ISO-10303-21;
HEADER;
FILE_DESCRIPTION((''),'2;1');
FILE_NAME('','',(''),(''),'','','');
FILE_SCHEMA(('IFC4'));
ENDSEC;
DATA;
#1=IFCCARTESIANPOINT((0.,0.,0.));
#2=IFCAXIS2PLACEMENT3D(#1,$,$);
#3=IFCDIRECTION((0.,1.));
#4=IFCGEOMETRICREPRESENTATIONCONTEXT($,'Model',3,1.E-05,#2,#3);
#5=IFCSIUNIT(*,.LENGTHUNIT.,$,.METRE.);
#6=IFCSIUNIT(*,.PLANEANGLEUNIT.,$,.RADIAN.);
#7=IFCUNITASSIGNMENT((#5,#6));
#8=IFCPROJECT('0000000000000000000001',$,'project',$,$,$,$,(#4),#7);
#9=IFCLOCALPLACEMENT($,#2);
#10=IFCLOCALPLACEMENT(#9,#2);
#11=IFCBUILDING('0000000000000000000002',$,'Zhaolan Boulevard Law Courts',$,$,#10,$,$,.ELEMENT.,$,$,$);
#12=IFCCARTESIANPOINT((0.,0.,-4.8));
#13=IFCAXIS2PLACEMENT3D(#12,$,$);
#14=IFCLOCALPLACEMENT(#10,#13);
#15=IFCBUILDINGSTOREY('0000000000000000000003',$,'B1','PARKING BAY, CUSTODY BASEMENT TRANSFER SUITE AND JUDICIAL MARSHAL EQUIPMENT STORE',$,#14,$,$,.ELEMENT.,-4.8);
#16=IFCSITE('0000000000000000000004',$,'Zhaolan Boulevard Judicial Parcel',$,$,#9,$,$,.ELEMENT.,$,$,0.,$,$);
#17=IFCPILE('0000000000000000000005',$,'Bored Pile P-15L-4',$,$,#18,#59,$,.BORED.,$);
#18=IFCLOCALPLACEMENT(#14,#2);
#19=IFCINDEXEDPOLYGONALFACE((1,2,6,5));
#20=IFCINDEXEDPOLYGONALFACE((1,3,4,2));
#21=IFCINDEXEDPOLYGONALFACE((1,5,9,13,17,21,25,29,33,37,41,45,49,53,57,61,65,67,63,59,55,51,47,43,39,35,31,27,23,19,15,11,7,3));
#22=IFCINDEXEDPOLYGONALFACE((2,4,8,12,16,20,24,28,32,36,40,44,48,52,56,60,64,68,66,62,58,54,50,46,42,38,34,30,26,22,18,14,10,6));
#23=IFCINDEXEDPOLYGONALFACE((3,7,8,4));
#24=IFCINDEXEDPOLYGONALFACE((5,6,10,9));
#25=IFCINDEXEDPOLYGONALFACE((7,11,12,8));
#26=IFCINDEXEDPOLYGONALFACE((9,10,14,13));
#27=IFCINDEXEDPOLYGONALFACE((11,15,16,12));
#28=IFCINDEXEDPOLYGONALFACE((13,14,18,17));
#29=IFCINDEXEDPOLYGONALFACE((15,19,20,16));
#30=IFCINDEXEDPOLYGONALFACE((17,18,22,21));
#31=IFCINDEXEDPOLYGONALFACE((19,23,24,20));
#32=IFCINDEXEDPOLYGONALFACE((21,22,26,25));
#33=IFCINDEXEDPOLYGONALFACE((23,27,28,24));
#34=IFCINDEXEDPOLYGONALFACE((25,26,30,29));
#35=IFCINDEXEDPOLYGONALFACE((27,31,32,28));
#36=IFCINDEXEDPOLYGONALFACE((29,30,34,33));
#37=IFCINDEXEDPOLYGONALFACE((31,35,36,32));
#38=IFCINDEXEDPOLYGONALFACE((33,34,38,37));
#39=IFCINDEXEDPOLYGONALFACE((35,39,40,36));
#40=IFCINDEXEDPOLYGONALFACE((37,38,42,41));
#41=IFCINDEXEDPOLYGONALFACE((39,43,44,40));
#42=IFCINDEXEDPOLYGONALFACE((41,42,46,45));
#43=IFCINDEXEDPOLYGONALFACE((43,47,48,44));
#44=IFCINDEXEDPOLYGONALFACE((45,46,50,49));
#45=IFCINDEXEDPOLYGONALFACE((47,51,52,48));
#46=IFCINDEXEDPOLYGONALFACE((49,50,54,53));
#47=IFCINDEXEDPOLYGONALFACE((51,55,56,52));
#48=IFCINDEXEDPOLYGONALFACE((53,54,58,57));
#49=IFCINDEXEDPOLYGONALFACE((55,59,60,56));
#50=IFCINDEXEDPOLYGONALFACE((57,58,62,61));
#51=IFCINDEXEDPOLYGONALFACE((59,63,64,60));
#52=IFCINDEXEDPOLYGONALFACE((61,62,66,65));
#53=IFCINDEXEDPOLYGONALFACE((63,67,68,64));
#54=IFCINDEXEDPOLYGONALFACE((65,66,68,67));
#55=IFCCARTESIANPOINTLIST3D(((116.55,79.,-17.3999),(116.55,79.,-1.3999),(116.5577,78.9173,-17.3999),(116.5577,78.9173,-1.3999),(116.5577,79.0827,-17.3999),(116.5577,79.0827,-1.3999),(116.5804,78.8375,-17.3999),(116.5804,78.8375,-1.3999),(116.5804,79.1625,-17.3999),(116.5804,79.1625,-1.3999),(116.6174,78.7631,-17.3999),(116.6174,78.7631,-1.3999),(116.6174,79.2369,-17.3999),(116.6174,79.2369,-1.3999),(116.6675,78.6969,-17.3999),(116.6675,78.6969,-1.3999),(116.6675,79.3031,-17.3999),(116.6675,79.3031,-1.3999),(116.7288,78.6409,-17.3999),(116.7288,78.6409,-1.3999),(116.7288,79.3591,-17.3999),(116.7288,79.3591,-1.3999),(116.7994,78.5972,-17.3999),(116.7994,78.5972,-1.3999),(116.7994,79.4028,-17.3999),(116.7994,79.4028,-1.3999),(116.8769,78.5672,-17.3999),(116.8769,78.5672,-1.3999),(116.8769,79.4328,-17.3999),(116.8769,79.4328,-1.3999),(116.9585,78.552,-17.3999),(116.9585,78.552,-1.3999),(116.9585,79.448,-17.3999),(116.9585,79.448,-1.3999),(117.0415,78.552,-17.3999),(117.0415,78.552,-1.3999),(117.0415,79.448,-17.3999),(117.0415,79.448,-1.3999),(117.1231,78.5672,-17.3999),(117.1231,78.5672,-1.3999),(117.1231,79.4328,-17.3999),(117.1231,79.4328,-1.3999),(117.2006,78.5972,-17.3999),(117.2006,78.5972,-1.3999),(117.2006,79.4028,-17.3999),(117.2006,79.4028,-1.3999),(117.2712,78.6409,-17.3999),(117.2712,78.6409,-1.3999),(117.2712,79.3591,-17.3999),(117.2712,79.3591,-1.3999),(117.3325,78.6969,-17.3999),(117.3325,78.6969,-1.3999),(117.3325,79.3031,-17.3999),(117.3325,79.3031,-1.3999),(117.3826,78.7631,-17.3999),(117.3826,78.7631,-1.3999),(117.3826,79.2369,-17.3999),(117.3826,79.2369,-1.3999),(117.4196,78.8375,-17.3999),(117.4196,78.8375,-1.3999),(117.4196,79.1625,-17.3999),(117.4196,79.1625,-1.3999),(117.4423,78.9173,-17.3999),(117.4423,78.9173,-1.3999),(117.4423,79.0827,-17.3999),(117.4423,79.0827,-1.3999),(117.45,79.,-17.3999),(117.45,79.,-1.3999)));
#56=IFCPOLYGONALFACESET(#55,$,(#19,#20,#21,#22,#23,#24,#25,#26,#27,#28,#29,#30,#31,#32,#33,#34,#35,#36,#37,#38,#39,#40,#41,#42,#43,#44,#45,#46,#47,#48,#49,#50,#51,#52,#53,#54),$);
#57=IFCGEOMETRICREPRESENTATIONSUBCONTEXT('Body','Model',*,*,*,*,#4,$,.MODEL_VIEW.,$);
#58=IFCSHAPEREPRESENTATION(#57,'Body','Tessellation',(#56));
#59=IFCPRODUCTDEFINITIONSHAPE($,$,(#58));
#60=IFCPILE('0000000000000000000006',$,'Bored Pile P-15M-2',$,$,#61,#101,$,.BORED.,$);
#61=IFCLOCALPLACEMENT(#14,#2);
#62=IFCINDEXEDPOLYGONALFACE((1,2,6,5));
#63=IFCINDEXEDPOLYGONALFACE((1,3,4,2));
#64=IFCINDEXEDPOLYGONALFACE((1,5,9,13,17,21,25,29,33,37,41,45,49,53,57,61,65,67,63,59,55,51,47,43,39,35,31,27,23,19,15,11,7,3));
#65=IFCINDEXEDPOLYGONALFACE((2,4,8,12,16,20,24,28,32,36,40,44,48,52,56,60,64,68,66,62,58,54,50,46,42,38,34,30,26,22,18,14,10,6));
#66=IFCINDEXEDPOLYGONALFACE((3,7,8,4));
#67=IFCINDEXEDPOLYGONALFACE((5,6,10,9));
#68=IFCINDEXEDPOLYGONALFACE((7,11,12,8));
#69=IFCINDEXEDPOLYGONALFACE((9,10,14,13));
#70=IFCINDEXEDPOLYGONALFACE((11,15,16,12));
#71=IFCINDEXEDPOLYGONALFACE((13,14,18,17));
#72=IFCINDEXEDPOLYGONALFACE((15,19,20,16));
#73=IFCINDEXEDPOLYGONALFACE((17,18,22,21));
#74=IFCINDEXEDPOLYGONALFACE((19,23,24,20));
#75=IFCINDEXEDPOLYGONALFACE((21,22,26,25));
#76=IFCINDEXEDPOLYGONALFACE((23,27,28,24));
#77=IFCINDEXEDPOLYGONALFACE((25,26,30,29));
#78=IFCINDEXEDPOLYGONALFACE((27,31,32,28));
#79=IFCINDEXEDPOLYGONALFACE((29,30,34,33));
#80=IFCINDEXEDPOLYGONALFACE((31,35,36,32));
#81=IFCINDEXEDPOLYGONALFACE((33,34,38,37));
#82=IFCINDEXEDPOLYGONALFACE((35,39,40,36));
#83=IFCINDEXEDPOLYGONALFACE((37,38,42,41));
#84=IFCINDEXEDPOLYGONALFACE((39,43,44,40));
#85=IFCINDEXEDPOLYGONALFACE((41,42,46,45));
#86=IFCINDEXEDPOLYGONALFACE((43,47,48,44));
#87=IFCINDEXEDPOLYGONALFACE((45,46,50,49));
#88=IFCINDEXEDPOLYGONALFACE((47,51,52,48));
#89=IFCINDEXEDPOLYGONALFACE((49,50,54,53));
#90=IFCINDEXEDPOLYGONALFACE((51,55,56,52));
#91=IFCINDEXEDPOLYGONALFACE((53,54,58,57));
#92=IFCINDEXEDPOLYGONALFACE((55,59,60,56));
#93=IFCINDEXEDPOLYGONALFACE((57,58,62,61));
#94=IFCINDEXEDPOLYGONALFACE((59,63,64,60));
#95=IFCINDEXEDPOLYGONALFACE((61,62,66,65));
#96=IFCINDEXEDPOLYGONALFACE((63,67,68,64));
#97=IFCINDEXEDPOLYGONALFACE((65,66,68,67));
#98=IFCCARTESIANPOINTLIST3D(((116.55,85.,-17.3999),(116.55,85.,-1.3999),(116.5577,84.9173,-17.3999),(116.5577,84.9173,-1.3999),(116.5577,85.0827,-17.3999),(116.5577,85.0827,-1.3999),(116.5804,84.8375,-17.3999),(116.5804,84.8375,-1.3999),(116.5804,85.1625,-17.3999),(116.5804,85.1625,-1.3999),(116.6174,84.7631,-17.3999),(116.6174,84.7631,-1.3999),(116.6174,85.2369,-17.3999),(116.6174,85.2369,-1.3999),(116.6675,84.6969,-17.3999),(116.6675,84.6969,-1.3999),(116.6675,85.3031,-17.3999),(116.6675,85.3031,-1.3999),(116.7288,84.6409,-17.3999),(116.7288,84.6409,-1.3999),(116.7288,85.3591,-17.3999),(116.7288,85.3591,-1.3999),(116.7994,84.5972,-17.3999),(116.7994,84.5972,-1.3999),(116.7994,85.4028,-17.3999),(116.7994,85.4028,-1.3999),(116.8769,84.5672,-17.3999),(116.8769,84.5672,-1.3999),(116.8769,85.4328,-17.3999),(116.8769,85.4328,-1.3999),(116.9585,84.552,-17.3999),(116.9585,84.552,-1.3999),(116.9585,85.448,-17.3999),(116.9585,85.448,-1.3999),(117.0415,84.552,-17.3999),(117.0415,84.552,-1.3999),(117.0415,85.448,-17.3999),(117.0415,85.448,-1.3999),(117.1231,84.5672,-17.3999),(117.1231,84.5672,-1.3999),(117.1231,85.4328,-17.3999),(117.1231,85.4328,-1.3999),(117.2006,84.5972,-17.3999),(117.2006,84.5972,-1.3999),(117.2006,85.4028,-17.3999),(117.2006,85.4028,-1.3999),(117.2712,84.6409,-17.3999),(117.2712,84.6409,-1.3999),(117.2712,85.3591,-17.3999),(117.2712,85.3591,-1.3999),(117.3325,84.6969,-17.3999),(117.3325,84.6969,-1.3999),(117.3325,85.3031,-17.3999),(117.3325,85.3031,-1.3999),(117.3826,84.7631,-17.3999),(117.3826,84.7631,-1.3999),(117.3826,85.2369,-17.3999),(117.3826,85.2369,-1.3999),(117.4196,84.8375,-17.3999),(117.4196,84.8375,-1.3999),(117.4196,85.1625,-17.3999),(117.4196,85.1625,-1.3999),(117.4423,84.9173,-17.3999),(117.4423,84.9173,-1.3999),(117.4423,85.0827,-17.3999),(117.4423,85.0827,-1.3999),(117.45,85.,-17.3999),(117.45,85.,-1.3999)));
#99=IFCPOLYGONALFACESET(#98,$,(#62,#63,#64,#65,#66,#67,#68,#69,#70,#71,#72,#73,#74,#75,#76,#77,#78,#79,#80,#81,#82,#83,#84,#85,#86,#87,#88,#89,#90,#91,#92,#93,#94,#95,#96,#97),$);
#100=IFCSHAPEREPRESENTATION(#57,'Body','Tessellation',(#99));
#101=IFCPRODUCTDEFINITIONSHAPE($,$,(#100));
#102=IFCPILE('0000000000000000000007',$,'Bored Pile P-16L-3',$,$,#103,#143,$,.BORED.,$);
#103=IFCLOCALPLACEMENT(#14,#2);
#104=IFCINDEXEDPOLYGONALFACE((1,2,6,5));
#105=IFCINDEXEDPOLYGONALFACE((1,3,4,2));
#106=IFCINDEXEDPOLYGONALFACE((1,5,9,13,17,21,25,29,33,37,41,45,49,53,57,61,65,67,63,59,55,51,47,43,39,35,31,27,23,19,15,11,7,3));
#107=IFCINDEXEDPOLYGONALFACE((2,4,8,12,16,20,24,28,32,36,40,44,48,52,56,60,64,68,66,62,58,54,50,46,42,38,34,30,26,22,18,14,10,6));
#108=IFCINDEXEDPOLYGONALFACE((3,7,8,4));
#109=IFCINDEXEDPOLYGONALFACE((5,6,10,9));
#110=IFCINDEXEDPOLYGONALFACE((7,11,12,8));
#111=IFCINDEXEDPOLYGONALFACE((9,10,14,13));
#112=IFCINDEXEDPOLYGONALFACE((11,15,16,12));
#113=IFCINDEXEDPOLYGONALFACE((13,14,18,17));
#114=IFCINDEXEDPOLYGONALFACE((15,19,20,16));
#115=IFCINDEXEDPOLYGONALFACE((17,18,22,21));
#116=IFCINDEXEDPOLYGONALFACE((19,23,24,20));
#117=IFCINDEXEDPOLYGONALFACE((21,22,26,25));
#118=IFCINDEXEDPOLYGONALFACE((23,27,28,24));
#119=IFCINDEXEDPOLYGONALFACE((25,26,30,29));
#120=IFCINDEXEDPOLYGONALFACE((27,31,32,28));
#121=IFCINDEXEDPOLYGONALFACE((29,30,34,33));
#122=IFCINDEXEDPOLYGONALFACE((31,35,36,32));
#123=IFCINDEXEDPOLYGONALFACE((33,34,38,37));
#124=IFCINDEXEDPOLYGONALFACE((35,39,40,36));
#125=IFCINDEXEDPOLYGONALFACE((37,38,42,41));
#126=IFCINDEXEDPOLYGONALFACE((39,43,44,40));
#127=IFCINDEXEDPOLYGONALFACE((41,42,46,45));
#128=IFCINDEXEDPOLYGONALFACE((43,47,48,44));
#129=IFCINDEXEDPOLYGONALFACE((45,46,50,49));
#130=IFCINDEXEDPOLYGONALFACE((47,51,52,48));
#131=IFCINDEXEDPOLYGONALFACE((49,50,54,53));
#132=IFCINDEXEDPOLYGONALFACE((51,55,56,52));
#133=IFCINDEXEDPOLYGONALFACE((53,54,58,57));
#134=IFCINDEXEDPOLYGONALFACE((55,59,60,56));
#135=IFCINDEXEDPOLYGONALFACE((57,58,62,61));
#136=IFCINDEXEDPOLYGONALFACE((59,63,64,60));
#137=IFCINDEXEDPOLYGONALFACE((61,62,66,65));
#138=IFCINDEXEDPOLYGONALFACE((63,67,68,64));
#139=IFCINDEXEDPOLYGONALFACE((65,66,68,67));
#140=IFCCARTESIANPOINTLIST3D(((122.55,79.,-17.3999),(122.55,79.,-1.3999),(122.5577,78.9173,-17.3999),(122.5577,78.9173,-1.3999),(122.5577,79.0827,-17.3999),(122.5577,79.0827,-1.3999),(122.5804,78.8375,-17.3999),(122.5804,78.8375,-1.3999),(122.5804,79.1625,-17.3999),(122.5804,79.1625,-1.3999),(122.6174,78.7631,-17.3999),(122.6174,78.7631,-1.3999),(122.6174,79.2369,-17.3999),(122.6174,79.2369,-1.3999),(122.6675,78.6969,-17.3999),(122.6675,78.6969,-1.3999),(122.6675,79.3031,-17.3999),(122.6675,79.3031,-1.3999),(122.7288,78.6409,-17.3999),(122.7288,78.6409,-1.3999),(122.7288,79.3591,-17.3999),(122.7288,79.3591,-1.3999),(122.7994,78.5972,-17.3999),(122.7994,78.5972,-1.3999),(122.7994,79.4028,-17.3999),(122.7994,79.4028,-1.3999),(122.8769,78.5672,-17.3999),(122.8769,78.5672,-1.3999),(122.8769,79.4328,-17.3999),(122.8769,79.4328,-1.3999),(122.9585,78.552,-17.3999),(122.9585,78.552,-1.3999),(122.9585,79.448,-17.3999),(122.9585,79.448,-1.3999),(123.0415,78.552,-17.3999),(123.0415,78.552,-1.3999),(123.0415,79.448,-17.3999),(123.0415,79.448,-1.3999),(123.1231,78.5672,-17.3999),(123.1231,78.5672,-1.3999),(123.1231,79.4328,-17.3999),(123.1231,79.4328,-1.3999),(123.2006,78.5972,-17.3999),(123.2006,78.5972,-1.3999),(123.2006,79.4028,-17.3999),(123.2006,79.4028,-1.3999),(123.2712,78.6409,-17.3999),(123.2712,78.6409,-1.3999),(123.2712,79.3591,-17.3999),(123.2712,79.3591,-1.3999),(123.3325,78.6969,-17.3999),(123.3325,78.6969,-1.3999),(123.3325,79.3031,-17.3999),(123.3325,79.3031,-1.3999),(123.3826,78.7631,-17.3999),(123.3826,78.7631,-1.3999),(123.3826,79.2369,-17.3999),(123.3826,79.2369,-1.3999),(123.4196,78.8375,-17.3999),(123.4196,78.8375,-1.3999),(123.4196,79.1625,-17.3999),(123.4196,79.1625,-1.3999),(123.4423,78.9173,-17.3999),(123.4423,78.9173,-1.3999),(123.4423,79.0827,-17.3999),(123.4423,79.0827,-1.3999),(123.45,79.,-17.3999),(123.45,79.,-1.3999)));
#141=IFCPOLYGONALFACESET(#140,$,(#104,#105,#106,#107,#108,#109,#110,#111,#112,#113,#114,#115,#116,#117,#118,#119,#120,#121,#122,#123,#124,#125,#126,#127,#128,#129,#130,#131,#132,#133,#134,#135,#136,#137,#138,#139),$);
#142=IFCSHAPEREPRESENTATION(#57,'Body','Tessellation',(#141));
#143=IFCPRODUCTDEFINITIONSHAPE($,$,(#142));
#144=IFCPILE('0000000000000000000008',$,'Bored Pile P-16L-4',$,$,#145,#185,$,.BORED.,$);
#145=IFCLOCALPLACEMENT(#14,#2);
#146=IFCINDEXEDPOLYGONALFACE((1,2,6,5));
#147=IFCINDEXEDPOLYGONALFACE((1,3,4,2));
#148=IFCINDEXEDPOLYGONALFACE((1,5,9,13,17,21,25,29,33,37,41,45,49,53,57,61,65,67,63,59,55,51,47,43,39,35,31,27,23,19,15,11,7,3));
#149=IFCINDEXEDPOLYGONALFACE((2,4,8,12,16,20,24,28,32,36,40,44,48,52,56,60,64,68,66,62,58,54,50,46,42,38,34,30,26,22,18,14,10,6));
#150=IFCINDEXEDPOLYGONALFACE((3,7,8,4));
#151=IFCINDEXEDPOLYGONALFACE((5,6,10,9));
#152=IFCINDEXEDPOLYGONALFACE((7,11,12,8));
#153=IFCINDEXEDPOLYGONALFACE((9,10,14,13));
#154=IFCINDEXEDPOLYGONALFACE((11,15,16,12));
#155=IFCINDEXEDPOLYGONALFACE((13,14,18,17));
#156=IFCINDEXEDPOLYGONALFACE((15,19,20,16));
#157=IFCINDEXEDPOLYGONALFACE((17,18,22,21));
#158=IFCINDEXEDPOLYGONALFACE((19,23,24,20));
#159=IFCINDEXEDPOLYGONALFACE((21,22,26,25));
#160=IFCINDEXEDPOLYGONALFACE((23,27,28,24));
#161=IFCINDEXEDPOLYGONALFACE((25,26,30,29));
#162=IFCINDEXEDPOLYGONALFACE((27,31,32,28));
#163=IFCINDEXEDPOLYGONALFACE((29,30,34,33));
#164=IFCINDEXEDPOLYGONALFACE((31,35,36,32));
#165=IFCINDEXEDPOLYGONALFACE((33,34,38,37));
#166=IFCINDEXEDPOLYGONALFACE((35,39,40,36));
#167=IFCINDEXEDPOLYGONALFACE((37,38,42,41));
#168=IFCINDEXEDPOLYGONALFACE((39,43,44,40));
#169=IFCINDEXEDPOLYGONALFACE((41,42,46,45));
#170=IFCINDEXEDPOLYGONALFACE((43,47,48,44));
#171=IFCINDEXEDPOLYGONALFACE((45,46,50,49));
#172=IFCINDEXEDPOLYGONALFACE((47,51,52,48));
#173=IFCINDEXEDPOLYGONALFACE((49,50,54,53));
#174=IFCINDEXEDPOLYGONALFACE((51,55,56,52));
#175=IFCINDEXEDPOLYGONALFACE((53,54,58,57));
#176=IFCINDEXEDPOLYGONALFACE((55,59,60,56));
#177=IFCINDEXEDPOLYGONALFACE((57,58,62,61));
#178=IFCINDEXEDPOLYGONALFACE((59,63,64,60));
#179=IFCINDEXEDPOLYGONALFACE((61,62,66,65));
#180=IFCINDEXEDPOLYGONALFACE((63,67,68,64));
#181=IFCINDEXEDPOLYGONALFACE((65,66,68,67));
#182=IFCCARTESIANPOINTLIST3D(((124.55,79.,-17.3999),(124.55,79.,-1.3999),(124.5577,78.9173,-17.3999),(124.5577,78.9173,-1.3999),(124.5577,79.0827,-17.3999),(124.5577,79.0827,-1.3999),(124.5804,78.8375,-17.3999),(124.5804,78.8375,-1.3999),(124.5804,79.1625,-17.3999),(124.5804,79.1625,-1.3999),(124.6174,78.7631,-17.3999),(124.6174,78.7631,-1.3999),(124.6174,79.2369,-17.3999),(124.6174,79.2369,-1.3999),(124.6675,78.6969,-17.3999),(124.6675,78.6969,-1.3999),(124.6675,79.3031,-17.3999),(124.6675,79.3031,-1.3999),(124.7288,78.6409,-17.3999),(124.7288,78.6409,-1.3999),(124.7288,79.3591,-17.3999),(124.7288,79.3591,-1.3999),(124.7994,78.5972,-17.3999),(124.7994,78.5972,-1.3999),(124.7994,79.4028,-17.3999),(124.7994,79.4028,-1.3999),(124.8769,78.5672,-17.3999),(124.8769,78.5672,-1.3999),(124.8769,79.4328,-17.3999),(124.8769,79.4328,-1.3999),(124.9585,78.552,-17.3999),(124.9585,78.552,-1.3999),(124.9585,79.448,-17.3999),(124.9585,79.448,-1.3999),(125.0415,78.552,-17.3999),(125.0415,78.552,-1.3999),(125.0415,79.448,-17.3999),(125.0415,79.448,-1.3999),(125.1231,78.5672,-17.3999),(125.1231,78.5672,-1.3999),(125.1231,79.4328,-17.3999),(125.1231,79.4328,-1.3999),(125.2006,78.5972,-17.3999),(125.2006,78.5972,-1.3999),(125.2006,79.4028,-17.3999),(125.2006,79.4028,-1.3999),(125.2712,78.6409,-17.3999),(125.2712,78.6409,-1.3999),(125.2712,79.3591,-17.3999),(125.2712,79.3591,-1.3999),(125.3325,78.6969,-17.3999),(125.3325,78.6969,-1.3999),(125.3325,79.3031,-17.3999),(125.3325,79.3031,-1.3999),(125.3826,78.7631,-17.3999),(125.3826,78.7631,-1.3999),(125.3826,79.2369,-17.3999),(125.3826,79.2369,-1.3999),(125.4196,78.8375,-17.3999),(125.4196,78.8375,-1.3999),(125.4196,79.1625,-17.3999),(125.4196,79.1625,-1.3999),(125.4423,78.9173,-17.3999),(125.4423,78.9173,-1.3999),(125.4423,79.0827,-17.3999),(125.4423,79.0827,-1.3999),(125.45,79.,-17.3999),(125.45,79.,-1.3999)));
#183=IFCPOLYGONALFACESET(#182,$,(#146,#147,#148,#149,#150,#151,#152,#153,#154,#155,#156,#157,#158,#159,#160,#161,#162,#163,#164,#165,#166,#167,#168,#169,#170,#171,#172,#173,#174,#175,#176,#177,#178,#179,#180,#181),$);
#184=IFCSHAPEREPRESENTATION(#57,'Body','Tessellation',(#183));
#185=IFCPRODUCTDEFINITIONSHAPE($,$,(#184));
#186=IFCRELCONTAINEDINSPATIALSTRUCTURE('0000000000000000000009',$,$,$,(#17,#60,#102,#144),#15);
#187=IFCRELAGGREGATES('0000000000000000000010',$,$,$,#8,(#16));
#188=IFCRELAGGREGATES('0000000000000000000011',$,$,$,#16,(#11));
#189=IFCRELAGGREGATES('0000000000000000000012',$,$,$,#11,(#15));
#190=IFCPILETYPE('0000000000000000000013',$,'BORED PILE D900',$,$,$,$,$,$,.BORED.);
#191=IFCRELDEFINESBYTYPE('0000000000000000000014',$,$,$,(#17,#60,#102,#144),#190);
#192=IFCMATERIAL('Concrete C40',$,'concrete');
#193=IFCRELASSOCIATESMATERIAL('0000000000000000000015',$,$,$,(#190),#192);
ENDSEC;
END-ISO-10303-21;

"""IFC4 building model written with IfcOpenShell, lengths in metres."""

from ifc_helpers import new_model, si_unit, direction, frame, origin, origin_2d, place, context, subcontext, project, spatial, circle, extrude, material, material_profile, profile_set, type_object, element, save


model = new_model("IFC4")

# Units and contexts
model_context = context("Model", 3, precision=1e-05, world=origin(), true_north=direction((0.0, 1.0)))
body_context = subcontext(model_context, "Body", "Model", "MODEL_VIEW")
ifc_project = project(units=[si_unit("LENGTHUNIT", "METRE"), si_unit("PLANEANGLEUNIT", "RADIAN")], contexts=[model_context])

# Site, building, storey
site_placement = place(None, origin())
site = spatial("IfcSite", under=ifc_project, at=site_placement, Name="Zhaolan Boulevard Judicial Parcel", CompositionType="ELEMENT", RefElevation=0.0)
building_placement = place(site_placement, origin())
building = spatial("IfcBuilding", under=site, at=building_placement, Name="Zhaolan Boulevard Law Courts", CompositionType="ELEMENT")
storey_placement = place(building_placement, frame((0.0, 0.0, -4.8)))
storey = spatial("IfcBuildingStorey", under=building, at=storey_placement, Name="B1", Description="PARKING BAY, CUSTODY BASEMENT TRANSFER SUITE AND JUDICIAL MARSHAL EQUIPMENT STORE", CompositionType="ELEMENT", Elevation=-4.8)

# Piles
ifc_material_1 = material(Name="Concrete C40", Category="concrete")
ifc_material_profile_1 = material_profile(ifc_material_1, circle(Radius=0.45, at=origin_2d()), Name="PILE-D900")
ifc_profile_set_1 = profile_set([ifc_material_profile_1], Name="Concrete C40")
pile_type = type_object("IfcPileType", Name="BORED PILE D900", PredefinedType="BORED", material=ifc_profile_set_1)
for number, where, z_axis, x_axis, name in (
    (1, (117.0, 79.0, -1.3999), (0.0, 0.0, -1.0), (1.0, 0.0, 0.0), "Bored Pile P-15L-4"),
    (2, (117.0, 85.0, -1.3999), (0.0, 0.0, -1.0), (1.0, 0.0, 0.0), "Bored Pile P-15M-2"),
    (3, (123.0, 79.0, -1.3999), (0.0, 0.0, -1.0), (1.0, 0.0, 0.0), "Bored Pile P-16L-3"),
    (4, (125.0, 79.0, -1.3999), (0.0, 0.0, -1.0), (1.0, 0.0, 0.0), "Bored Pile P-16L-4"),
):
    element("IfcPile", number, at=place(storey_placement, frame(where, z_axis=z_axis, x_axis=x_axis)), inside=storey, type_object=pile_type, Name=name, PredefinedType="BORED", context=body_context, shape_type="SweptSolid", body=[
        extrude(circle(Radius=0.45, at=origin_2d()), origin(), (0.0, 0.0, 1.0), 16.0),
    ])

save(model, "model.ifc")
